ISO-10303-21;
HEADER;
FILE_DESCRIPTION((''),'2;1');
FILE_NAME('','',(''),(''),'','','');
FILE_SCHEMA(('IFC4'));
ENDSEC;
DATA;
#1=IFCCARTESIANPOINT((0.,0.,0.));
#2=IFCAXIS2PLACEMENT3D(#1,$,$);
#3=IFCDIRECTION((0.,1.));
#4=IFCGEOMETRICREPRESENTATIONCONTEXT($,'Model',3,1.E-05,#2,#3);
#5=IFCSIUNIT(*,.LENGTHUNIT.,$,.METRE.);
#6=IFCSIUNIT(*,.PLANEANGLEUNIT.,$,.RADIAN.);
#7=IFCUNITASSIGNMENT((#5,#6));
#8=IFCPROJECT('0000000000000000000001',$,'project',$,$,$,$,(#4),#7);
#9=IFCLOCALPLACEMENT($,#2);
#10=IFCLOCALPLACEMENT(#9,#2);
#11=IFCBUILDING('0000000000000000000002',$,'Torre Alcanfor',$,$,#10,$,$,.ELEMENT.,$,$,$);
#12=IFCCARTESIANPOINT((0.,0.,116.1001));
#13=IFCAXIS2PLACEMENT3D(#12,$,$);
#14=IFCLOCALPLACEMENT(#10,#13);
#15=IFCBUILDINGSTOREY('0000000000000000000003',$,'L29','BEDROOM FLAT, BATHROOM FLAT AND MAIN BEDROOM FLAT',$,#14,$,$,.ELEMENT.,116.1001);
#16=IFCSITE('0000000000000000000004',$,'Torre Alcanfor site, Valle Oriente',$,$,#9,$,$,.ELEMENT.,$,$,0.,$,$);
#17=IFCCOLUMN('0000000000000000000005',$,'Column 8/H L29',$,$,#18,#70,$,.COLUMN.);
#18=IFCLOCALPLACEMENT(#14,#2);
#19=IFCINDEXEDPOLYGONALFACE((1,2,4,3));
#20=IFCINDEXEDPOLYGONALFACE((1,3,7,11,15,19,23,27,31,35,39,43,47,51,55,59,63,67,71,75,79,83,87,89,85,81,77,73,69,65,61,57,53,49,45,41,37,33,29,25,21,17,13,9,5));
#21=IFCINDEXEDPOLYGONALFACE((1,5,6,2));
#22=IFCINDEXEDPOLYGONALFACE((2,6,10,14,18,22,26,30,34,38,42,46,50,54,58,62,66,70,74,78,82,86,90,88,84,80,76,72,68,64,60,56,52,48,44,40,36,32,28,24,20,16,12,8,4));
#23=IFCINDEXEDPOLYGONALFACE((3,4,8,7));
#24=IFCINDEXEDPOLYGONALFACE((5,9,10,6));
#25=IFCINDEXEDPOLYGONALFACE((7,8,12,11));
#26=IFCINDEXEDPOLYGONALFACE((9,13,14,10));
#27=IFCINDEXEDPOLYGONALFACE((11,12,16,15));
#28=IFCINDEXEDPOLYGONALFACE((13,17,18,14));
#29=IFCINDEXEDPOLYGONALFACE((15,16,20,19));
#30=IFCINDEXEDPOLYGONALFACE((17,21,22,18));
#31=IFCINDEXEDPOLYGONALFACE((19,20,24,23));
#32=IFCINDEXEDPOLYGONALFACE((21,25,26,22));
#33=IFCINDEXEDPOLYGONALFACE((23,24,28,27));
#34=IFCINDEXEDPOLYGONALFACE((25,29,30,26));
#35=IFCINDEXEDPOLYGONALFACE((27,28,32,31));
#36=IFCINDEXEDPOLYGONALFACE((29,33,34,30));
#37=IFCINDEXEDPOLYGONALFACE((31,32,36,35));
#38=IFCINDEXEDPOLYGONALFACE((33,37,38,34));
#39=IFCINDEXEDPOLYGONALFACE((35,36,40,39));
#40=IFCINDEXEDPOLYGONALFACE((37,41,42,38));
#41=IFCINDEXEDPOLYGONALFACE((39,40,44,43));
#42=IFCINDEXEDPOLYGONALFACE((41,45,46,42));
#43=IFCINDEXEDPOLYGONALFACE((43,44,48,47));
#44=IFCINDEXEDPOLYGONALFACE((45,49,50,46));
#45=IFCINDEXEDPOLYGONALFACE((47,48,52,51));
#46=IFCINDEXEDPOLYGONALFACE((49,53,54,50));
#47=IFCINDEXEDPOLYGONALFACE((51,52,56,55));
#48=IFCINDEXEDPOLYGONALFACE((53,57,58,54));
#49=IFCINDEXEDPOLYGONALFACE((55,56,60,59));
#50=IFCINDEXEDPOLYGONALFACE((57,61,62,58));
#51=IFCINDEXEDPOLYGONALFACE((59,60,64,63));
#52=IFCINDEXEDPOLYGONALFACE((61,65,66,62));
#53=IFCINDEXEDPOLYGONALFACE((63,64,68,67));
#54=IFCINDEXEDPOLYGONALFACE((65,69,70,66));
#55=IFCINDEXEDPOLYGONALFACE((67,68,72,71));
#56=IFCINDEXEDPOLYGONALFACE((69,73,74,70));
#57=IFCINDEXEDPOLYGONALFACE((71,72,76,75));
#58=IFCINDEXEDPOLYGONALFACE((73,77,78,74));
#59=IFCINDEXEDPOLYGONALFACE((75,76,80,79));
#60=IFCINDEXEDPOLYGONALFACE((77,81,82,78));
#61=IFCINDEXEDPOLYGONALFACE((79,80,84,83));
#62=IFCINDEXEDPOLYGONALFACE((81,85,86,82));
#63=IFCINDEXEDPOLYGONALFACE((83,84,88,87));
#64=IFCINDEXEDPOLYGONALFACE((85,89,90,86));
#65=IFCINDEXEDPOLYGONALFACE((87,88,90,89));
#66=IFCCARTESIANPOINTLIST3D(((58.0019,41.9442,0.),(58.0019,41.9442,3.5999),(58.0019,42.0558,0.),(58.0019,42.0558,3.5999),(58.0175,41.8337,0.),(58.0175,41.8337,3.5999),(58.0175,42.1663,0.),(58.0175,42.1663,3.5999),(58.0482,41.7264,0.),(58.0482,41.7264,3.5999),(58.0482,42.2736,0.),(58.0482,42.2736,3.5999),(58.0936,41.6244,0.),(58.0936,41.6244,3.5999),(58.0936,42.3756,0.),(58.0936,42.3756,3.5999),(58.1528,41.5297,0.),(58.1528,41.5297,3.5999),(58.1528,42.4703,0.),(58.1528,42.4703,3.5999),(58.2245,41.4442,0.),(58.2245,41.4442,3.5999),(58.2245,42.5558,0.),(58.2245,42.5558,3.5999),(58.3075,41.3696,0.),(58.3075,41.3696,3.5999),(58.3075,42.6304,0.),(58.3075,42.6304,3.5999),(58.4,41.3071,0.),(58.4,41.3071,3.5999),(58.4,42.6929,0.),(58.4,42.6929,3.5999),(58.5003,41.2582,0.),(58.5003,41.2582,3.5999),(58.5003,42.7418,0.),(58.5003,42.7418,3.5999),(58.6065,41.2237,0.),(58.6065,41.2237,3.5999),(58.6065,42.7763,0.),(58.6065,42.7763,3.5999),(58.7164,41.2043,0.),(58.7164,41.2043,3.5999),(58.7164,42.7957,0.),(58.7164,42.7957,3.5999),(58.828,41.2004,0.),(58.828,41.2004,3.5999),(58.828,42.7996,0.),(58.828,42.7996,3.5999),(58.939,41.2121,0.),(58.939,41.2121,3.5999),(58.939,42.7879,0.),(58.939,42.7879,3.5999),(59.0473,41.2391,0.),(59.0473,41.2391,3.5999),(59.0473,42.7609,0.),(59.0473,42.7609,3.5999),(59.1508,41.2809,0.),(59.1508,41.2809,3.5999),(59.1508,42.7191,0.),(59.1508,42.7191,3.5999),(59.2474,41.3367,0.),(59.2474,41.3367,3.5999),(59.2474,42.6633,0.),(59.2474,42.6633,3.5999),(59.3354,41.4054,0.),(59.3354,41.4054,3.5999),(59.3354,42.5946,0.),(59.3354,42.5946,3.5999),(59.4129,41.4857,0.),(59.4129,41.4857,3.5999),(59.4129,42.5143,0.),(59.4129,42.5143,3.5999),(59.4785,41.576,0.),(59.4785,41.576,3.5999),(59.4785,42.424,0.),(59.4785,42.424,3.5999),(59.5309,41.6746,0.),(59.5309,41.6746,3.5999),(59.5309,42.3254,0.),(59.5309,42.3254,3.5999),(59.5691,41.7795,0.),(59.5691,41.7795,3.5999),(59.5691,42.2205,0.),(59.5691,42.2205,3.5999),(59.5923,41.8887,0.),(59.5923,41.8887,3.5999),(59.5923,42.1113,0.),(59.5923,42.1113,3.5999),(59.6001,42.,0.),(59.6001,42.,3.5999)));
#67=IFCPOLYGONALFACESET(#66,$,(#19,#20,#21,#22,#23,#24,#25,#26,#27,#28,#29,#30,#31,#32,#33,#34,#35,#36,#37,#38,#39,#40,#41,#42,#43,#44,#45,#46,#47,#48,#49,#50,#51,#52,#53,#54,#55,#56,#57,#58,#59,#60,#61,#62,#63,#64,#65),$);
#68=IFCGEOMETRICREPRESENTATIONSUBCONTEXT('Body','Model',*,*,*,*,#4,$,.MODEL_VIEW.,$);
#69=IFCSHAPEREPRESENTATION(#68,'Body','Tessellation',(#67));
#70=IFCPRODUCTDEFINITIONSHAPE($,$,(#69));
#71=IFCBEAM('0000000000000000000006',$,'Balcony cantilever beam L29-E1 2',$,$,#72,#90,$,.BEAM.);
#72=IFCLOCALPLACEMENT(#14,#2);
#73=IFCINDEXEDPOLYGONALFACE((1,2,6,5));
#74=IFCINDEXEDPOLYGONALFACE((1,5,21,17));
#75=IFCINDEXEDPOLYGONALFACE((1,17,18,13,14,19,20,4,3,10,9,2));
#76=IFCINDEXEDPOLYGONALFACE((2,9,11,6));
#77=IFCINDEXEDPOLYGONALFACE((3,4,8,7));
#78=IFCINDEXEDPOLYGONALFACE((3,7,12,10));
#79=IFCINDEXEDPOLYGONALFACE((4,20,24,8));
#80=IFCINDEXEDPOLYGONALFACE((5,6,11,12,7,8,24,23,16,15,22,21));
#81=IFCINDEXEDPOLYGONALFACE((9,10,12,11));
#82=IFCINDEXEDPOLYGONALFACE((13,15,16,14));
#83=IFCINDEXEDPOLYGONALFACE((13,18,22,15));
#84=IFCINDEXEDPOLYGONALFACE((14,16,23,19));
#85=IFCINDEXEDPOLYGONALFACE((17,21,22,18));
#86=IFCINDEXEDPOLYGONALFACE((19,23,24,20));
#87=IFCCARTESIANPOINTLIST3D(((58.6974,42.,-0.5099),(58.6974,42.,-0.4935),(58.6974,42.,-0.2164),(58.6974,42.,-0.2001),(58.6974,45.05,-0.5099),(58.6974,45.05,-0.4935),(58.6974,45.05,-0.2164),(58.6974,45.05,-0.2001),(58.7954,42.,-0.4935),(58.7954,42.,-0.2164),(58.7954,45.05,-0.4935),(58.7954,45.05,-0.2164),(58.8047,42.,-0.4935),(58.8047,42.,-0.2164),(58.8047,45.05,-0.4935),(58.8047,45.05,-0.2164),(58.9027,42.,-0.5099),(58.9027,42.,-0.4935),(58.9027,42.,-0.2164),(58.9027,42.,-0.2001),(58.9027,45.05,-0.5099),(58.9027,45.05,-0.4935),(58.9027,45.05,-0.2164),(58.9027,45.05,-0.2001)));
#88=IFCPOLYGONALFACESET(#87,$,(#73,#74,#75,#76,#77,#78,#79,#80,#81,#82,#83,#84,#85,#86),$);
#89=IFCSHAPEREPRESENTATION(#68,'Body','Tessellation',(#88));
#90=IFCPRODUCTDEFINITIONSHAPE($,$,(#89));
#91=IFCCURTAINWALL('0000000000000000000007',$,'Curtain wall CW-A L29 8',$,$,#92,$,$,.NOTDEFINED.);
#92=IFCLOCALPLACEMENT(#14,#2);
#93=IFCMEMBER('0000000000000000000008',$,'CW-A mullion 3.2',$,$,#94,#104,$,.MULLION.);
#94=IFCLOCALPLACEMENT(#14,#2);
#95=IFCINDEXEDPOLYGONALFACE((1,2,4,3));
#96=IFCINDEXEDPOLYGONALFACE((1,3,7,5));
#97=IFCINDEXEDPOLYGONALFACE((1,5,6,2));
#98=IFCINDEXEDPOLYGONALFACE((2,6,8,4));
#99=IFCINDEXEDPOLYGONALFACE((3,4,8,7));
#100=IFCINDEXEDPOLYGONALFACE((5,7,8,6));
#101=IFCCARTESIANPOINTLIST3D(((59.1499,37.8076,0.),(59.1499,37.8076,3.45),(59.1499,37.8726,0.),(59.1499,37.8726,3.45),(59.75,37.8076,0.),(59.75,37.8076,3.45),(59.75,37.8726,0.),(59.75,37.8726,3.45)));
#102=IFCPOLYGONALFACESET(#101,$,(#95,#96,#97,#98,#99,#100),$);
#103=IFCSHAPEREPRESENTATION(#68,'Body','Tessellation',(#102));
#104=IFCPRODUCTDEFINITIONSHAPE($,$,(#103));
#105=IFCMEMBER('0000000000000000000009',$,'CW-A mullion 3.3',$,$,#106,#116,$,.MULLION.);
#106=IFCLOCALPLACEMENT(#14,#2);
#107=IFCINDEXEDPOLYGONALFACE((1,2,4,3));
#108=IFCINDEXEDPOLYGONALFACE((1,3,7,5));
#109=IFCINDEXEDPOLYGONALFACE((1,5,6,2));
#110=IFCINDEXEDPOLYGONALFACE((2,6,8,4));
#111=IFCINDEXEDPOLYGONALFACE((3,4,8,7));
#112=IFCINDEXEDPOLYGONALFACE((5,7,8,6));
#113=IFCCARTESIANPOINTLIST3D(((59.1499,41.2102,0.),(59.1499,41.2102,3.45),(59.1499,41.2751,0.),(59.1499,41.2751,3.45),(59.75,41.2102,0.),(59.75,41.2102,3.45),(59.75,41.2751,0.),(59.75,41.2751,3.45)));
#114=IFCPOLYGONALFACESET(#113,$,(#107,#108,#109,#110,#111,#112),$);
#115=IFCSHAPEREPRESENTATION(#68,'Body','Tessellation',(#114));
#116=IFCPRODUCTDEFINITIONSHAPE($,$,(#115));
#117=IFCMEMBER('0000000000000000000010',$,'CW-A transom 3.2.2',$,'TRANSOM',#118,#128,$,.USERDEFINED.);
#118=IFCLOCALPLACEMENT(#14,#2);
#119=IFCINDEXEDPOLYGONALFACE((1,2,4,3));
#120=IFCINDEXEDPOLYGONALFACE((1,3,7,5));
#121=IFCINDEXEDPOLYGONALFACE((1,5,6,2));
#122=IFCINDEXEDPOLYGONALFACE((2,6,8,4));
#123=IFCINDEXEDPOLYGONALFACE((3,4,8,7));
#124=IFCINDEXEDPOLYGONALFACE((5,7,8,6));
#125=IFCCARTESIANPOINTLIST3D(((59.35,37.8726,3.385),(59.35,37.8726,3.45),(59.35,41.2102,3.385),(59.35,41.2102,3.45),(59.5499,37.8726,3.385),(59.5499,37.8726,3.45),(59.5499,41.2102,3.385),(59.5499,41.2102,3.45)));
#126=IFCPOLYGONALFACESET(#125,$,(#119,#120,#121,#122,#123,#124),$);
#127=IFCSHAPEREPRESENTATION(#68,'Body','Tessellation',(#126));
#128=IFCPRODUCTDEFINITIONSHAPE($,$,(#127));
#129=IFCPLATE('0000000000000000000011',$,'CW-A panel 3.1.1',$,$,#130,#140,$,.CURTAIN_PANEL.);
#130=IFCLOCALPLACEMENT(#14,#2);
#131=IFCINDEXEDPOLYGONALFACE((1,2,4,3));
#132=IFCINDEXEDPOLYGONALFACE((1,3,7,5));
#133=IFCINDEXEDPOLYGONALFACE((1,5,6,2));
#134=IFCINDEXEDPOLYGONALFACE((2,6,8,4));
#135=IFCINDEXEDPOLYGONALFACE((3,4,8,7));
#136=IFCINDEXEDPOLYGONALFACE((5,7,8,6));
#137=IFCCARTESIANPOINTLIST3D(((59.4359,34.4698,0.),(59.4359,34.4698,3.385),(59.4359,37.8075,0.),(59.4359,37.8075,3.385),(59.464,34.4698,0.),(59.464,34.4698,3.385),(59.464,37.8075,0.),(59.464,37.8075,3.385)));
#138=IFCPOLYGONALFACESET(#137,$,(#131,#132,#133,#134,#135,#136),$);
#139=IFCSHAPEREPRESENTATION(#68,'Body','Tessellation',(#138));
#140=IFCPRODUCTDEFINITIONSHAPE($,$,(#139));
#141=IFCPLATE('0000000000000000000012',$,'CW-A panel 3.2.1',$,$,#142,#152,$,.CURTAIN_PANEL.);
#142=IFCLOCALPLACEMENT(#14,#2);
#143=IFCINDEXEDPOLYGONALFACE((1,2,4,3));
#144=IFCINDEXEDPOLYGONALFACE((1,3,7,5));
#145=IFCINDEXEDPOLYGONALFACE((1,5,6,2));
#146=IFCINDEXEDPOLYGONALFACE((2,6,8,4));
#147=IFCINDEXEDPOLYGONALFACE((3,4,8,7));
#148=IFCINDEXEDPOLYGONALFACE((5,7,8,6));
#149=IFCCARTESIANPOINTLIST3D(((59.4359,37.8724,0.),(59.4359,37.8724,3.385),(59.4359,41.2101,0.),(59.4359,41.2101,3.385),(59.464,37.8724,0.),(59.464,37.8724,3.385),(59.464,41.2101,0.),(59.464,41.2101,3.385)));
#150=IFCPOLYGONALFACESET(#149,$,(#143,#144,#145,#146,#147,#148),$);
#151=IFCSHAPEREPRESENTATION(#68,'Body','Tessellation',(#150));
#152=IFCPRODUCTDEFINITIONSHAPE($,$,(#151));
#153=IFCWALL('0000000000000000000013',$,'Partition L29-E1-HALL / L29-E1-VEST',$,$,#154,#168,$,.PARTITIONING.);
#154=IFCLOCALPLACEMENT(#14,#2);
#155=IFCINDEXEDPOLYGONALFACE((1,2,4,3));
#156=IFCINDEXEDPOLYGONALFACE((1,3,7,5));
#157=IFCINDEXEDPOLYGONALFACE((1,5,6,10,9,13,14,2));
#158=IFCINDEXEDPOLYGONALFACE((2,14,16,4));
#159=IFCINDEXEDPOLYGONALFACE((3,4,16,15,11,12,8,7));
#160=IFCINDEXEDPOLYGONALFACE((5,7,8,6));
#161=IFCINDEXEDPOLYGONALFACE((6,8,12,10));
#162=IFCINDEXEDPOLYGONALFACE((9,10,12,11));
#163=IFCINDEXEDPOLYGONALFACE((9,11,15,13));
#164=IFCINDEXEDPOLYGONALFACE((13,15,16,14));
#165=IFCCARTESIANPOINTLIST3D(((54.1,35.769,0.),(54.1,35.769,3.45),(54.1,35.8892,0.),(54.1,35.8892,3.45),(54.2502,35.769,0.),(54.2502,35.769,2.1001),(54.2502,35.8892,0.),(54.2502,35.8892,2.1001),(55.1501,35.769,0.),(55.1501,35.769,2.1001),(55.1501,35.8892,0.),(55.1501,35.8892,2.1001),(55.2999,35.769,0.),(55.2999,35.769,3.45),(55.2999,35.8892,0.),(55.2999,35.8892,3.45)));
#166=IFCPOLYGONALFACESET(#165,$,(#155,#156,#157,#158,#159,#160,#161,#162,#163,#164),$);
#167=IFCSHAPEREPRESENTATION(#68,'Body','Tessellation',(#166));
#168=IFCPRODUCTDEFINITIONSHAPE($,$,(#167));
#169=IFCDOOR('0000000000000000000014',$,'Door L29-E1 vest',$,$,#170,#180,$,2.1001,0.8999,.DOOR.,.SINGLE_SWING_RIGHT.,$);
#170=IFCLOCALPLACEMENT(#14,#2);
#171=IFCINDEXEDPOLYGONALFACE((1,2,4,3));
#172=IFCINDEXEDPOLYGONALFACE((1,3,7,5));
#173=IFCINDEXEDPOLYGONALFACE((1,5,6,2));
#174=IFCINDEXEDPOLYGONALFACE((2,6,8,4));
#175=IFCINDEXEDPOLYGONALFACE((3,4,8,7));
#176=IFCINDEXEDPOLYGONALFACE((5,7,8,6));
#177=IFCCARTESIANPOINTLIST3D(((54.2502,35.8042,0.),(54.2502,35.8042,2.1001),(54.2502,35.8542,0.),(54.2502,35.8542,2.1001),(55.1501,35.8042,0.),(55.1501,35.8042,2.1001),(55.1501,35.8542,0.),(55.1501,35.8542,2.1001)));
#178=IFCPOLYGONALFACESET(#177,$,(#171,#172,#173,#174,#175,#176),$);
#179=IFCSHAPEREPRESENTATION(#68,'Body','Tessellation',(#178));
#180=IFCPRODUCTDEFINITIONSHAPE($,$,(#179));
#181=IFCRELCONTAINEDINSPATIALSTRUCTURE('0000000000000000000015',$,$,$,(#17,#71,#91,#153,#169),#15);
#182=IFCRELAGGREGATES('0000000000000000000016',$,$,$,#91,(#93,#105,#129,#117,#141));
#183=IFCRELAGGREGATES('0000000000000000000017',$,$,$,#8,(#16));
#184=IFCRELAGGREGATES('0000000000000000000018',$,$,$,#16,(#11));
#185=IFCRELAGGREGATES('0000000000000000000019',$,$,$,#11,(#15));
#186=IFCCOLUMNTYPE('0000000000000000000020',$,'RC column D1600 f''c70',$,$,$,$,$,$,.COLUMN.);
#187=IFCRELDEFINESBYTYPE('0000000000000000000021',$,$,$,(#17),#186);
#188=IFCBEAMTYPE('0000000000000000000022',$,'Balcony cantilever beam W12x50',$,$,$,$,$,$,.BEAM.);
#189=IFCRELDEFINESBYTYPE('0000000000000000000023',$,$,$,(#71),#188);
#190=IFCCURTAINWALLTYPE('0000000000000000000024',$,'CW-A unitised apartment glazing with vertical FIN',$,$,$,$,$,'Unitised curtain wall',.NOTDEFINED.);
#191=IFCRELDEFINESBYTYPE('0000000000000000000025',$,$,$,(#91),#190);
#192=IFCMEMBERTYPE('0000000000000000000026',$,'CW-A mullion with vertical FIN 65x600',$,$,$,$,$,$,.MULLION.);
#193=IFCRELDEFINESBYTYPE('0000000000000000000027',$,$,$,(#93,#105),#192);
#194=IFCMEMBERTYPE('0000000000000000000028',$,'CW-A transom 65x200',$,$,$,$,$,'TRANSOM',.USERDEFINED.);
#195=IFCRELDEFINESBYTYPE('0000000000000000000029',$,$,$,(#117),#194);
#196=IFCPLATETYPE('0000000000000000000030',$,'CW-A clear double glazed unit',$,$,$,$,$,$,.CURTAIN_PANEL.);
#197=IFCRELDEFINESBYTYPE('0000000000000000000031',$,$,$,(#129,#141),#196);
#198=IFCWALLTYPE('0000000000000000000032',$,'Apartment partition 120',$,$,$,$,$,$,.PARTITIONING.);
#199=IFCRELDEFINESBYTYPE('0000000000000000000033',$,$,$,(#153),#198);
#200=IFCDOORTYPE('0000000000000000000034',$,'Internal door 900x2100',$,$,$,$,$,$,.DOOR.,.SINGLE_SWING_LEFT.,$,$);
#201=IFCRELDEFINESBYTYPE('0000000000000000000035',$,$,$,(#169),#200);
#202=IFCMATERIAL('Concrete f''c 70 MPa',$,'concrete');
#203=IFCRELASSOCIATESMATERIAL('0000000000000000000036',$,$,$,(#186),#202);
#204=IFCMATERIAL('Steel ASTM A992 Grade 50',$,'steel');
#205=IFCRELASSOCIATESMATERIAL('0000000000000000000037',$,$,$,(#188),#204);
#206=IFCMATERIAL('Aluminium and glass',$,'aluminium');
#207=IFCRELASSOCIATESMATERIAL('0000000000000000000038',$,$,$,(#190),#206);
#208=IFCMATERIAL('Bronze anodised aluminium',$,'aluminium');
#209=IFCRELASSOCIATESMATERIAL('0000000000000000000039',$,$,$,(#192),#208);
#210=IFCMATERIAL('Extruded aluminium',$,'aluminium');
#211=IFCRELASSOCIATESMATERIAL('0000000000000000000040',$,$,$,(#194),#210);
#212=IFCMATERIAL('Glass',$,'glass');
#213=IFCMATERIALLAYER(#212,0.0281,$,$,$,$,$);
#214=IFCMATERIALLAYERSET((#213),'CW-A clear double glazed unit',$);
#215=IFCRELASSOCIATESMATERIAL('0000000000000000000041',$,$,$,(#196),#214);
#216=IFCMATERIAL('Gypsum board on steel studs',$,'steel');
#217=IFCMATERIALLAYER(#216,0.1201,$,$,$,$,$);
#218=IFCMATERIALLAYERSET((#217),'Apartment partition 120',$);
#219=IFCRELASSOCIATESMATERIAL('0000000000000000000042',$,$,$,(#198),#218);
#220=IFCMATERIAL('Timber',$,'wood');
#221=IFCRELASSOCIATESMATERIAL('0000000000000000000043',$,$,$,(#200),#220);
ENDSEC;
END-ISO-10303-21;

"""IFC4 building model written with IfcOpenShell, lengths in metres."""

from ifc_helpers import new_model, si_unit, direction, frame, frame_2d, origin, origin_2d, place, context, subcontext, project, spatial, rectangle, circle, i_section, extrude, material, layer, layer_set, material_profile, profile_set, type_object, element, fill, aggregate, save


model = new_model("IFC4")

# Units and contexts
model_context = context("Model", 3, precision=1e-05, world=origin(), true_north=direction((0.0, 1.0)))
body_context = subcontext(model_context, "Body", "Model", "MODEL_VIEW")
ifc_project = project(units=[si_unit("LENGTHUNIT", "METRE"), si_unit("PLANEANGLEUNIT", "RADIAN")], contexts=[model_context])

# Site, building, storey
site_placement = place(None, origin())
site = spatial("IfcSite", under=ifc_project, at=site_placement, Name="Torre Alcanfor site, Valle Oriente", CompositionType="ELEMENT", RefElevation=0.0)
building_placement = place(site_placement, origin())
building = spatial("IfcBuilding", under=site, at=building_placement, Name="Torre Alcanfor", CompositionType="ELEMENT")
storey_placement = place(building_placement, frame((0.0, 0.0, 116.1001)))
storey = spatial("IfcBuildingStorey", under=building, at=storey_placement, Name="L29", Description="BEDROOM FLAT, BATHROOM FLAT AND MAIN BEDROOM FLAT", CompositionType="ELEMENT", Elevation=116.1001)

# Column
ifc_material_1 = material(Name="Concrete f'c 70 MPa", Category="concrete")
ifc_material_profile_1 = material_profile(ifc_material_1, circle(Radius=0.8, at=origin_2d()), Name="D1600")
ifc_profile_set_1 = profile_set([ifc_material_profile_1], Name="Concrete f'c 70 MPa")
column_type = type_object("IfcColumnType", Name="RC column D1600 f'c70", PredefinedType="COLUMN", material=ifc_profile_set_1)
column_placement = place(storey_placement, frame((58.8, 42.0, 0.0), z_axis=(0.0, 0.0, 1.0), x_axis=(1.0, 0.0, 0.0)))
element("IfcColumn", 1, at=column_placement, inside=storey, type_object=column_type, Name="Column 8/H L29", PredefinedType="COLUMN", context=body_context, shape_type="SweptSolid", body=[
    extrude(circle(Radius=0.8, at=origin_2d()), origin(), (0.0, 0.0, 1.0), 3.5999),
])

# Beam
ifc_material_2 = material(Name="Steel ASTM A992 Grade 50", Category="steel")
ifc_material_profile_2 = material_profile(ifc_material_2, i_section(OverallWidth=0.2053, OverallDepth=0.3098, WebThickness=0.0093, FlangeThickness=0.0164, at=origin_2d()), Name="W12x50")
ifc_profile_set_2 = profile_set([ifc_material_profile_2], Name="Steel ASTM A992 Grade 50")
beam_type = type_object("IfcBeamType", Name="Balcony cantilever beam W12x50", PredefinedType="BEAM", material=ifc_profile_set_2)
beam_placement = place(storey_placement, frame((58.8, 42.0, -0.355), z_axis=(0.0, 1.0, 0.0), x_axis=(-1.0, 0.0, 0.0)))
element("IfcBeam", 2, at=beam_placement, inside=storey, type_object=beam_type, Name="Balcony cantilever beam L29-E1 2", PredefinedType="BEAM", context=body_context, shape_type="SweptSolid", body=[
    extrude(i_section(OverallWidth=0.2053, OverallDepth=0.3098, WebThickness=0.0093, FlangeThickness=0.0164, at=origin_2d()), origin(), (0.0, 0.0, 1.0), 3.05),
])

# Curtain wall, members, plates
ifc_material_3 = material(Name="Aluminium and glass", Category="aluminium")
curtain_wall_type = type_object("IfcCurtainWallType", Name="CW-A unitised apartment glazing with vertical FIN", ElementType="Unitised curtain wall", PredefinedType="NOTDEFINED", material=ifc_material_3)
curtain_wall_placement = place(storey_placement, origin())
curtain_wall = element("IfcCurtainWall", 3, at=curtain_wall_placement, inside=storey, type_object=curtain_wall_type, Name="Curtain wall CW-A L29 8", PredefinedType="NOTDEFINED")
ifc_material_4 = material(Name="Bronze anodised aluminium", Category="aluminium")
ifc_material_profile_3 = material_profile(ifc_material_4, rectangle(XDim=0.6001, YDim=0.0649, at=origin_2d()), Name="CW-A mullion 65x600")
ifc_profile_set_3 = profile_set([ifc_material_profile_3], Name="Bronze anodised aluminium")
member_type_1 = type_object("IfcMemberType", Name="CW-A mullion with vertical FIN 65x600", PredefinedType="MULLION", material=ifc_profile_set_3)
member_1_placement = place(storey_placement, frame((59.45, 37.8401, 0.0), z_axis=(0.0, 0.0, 1.0), x_axis=(-1.0, 0.0, 0.0)))
member_1 = element("IfcMember", 4, at=member_1_placement, type_object=member_type_1, Name="CW-A mullion 3.2", PredefinedType="MULLION", context=body_context, shape_type="SweptSolid", body=[
    extrude(rectangle(XDim=0.6001, YDim=0.0649, at=origin_2d()), origin(), (0.0, 0.0, 1.0), 3.45),
])
member_2_placement = place(storey_placement, frame((59.45, 41.2427, 0.0), z_axis=(0.0, 0.0, 1.0), x_axis=(-1.0, 0.0, 0.0)))
member_2 = element("IfcMember", 5, at=member_2_placement, type_object=member_type_1, Name="CW-A mullion 3.3", PredefinedType="MULLION", context=body_context, shape_type="SweptSolid", body=[
    extrude(rectangle(XDim=0.6001, YDim=0.0649, at=origin_2d()), origin(), (0.0, 0.0, 1.0), 3.45),
])
ifc_material_5 = material(Name="Extruded aluminium", Category="aluminium")
ifc_material_profile_4 = material_profile(ifc_material_5, rectangle(XDim=0.2, YDim=0.0649, at=origin_2d()), Name="CW-A transom 200x65")
ifc_profile_set_4 = profile_set([ifc_material_profile_4], Name="Extruded aluminium")
member_type_2 = type_object("IfcMemberType", Name="CW-A transom 65x200", ElementType="TRANSOM", PredefinedType="USERDEFINED", material=ifc_profile_set_4)
member_3_placement = place(storey_placement, frame((59.45, 37.8726, 3.4175), z_axis=(0.0, 1.0, 0.0), x_axis=(-1.0, 0.0, 0.0)))
member_3 = element("IfcMember", 6, at=member_3_placement, type_object=member_type_2, Name="CW-A transom 3.2.2", ObjectType="TRANSOM", PredefinedType="USERDEFINED", context=body_context, shape_type="SweptSolid", body=[
    extrude(rectangle(XDim=0.2, YDim=0.0649, at=origin_2d()), origin(), (0.0, 0.0, 1.0), 3.3376),
])
ifc_material_6 = material(Name="Glass", Category="glass")
ifc_layer_1 = layer(ifc_material_6, 0.0281)
ifc_layer_set_1 = layer_set([ifc_layer_1], Name="CW-A clear double glazed unit")
plate_type = type_object("IfcPlateType", Name="CW-A clear double glazed unit", PredefinedType="CURTAIN_PANEL", material=ifc_layer_set_1)
plate_1_placement = place(storey_placement, frame((59.45, 36.1387, 0.0), z_axis=(0.0, 0.0, 1.0), x_axis=(0.0, 1.0, 0.0)))
plate_1 = element("IfcPlate", 7, at=plate_1_placement, type_object=plate_type, Name="CW-A panel 3.1.1", PredefinedType="CURTAIN_PANEL", context=body_context, shape_type="SweptSolid", body=[
    extrude(rectangle(XDim=3.3376, YDim=0.0281, at=origin_2d()), origin(), (0.0, 0.0, 1.0), 3.385),
])
plate_2_placement = place(storey_placement, frame((59.45, 39.5413, 0.0), z_axis=(0.0, 0.0, 1.0), x_axis=(0.0, 1.0, 0.0)))
plate_2 = element("IfcPlate", 8, at=plate_2_placement, type_object=plate_type, Name="CW-A panel 3.2.1", PredefinedType="CURTAIN_PANEL", context=body_context, shape_type="SweptSolid", body=[
    extrude(rectangle(XDim=3.3376, YDim=0.0281, at=origin_2d()), origin(), (0.0, 0.0, 1.0), 3.385),
])
aggregate(curtain_wall, [member_1, member_2, plate_1, member_3, plate_2])

# Wall, opening, door
ifc_material_7 = material(Name="Gypsum board on steel studs", Category="steel")
ifc_layer_2 = layer(ifc_material_7, 0.1201)
ifc_layer_set_2 = layer_set([ifc_layer_2], Name="Apartment partition 120")
wall_type_1 = type_object("IfcWallType", Name="Apartment partition 120", PredefinedType="PARTITIONING", material=ifc_layer_set_2)
wall_1_placement = place(storey_placement, frame((55.3, 35.8291, 0.0), z_axis=(0.0, 0.0, 1.0), x_axis=(-1.0, 0.0, 0.0)))
wall_1 = element("IfcWall", 9, at=wall_1_placement, inside=storey, type_object=wall_type_1, Name="Partition L29-E1-HALL / L29-E1-VEST", PredefinedType="PARTITIONING", context=body_context, shape_type="SweptSolid", body=[
    extrude(rectangle(XDim=1.2, YDim=0.1201, at=frame_2d((0.6001, 0.0))), origin(), (0.0, 0.0, 1.0), 3.45),
])
opening_1_placement = place(wall_1_placement, frame((0.1499, 0.0, 0.0)))
opening_1 = element("IfcOpeningElement", 10, at=opening_1_placement, cuts=wall_1, PredefinedType="OPENING", context=body_context, shape_type="SweptSolid", body=[
    extrude(rectangle(XDim=0.8999, YDim=2.1001, at=frame_2d((0.45, 1.05))), frame((0.0, 0.0701, 0.0), z_axis=(0.0, -1.0, 0.0), x_axis=(1.0, 0.0, 0.0)), (0.0, 0.0, 1.0), 0.1401),
])
ifc_material_8 = material(Name="Timber", Category="wood")
door_type_1 = type_object("IfcDoorType", Name="Internal door 900x2100", OperationType="SINGLE_SWING_LEFT", PredefinedType="DOOR", material=ifc_material_8)
door_1_placement = place(opening_1_placement, frame((0.8999, 0.0, 0.0), z_axis=(0.0, 0.0, 1.0), x_axis=(-1.0, 0.0, 0.0)))
door_1 = element("IfcDoor", 11, at=door_1_placement, inside=storey, type_object=door_type_1, Name="Door L29-E1 vest", OperationType="SINGLE_SWING_RIGHT", OverallHeight=2.1001, OverallWidth=0.8999, PredefinedType="DOOR", context=body_context, shape_type="SweptSolid", body=[
    extrude(rectangle(XDim=0.8999, YDim=2.1001, at=frame_2d((0.45, 1.05))), frame((0.0, 0.0251, 0.0), z_axis=(0.0, -1.0, 0.0), x_axis=(1.0, 0.0, 0.0)), (0.0, 0.0, 1.0), 0.05),
])
fill(opening_1, door_1)

save(model, "model.ifc")
